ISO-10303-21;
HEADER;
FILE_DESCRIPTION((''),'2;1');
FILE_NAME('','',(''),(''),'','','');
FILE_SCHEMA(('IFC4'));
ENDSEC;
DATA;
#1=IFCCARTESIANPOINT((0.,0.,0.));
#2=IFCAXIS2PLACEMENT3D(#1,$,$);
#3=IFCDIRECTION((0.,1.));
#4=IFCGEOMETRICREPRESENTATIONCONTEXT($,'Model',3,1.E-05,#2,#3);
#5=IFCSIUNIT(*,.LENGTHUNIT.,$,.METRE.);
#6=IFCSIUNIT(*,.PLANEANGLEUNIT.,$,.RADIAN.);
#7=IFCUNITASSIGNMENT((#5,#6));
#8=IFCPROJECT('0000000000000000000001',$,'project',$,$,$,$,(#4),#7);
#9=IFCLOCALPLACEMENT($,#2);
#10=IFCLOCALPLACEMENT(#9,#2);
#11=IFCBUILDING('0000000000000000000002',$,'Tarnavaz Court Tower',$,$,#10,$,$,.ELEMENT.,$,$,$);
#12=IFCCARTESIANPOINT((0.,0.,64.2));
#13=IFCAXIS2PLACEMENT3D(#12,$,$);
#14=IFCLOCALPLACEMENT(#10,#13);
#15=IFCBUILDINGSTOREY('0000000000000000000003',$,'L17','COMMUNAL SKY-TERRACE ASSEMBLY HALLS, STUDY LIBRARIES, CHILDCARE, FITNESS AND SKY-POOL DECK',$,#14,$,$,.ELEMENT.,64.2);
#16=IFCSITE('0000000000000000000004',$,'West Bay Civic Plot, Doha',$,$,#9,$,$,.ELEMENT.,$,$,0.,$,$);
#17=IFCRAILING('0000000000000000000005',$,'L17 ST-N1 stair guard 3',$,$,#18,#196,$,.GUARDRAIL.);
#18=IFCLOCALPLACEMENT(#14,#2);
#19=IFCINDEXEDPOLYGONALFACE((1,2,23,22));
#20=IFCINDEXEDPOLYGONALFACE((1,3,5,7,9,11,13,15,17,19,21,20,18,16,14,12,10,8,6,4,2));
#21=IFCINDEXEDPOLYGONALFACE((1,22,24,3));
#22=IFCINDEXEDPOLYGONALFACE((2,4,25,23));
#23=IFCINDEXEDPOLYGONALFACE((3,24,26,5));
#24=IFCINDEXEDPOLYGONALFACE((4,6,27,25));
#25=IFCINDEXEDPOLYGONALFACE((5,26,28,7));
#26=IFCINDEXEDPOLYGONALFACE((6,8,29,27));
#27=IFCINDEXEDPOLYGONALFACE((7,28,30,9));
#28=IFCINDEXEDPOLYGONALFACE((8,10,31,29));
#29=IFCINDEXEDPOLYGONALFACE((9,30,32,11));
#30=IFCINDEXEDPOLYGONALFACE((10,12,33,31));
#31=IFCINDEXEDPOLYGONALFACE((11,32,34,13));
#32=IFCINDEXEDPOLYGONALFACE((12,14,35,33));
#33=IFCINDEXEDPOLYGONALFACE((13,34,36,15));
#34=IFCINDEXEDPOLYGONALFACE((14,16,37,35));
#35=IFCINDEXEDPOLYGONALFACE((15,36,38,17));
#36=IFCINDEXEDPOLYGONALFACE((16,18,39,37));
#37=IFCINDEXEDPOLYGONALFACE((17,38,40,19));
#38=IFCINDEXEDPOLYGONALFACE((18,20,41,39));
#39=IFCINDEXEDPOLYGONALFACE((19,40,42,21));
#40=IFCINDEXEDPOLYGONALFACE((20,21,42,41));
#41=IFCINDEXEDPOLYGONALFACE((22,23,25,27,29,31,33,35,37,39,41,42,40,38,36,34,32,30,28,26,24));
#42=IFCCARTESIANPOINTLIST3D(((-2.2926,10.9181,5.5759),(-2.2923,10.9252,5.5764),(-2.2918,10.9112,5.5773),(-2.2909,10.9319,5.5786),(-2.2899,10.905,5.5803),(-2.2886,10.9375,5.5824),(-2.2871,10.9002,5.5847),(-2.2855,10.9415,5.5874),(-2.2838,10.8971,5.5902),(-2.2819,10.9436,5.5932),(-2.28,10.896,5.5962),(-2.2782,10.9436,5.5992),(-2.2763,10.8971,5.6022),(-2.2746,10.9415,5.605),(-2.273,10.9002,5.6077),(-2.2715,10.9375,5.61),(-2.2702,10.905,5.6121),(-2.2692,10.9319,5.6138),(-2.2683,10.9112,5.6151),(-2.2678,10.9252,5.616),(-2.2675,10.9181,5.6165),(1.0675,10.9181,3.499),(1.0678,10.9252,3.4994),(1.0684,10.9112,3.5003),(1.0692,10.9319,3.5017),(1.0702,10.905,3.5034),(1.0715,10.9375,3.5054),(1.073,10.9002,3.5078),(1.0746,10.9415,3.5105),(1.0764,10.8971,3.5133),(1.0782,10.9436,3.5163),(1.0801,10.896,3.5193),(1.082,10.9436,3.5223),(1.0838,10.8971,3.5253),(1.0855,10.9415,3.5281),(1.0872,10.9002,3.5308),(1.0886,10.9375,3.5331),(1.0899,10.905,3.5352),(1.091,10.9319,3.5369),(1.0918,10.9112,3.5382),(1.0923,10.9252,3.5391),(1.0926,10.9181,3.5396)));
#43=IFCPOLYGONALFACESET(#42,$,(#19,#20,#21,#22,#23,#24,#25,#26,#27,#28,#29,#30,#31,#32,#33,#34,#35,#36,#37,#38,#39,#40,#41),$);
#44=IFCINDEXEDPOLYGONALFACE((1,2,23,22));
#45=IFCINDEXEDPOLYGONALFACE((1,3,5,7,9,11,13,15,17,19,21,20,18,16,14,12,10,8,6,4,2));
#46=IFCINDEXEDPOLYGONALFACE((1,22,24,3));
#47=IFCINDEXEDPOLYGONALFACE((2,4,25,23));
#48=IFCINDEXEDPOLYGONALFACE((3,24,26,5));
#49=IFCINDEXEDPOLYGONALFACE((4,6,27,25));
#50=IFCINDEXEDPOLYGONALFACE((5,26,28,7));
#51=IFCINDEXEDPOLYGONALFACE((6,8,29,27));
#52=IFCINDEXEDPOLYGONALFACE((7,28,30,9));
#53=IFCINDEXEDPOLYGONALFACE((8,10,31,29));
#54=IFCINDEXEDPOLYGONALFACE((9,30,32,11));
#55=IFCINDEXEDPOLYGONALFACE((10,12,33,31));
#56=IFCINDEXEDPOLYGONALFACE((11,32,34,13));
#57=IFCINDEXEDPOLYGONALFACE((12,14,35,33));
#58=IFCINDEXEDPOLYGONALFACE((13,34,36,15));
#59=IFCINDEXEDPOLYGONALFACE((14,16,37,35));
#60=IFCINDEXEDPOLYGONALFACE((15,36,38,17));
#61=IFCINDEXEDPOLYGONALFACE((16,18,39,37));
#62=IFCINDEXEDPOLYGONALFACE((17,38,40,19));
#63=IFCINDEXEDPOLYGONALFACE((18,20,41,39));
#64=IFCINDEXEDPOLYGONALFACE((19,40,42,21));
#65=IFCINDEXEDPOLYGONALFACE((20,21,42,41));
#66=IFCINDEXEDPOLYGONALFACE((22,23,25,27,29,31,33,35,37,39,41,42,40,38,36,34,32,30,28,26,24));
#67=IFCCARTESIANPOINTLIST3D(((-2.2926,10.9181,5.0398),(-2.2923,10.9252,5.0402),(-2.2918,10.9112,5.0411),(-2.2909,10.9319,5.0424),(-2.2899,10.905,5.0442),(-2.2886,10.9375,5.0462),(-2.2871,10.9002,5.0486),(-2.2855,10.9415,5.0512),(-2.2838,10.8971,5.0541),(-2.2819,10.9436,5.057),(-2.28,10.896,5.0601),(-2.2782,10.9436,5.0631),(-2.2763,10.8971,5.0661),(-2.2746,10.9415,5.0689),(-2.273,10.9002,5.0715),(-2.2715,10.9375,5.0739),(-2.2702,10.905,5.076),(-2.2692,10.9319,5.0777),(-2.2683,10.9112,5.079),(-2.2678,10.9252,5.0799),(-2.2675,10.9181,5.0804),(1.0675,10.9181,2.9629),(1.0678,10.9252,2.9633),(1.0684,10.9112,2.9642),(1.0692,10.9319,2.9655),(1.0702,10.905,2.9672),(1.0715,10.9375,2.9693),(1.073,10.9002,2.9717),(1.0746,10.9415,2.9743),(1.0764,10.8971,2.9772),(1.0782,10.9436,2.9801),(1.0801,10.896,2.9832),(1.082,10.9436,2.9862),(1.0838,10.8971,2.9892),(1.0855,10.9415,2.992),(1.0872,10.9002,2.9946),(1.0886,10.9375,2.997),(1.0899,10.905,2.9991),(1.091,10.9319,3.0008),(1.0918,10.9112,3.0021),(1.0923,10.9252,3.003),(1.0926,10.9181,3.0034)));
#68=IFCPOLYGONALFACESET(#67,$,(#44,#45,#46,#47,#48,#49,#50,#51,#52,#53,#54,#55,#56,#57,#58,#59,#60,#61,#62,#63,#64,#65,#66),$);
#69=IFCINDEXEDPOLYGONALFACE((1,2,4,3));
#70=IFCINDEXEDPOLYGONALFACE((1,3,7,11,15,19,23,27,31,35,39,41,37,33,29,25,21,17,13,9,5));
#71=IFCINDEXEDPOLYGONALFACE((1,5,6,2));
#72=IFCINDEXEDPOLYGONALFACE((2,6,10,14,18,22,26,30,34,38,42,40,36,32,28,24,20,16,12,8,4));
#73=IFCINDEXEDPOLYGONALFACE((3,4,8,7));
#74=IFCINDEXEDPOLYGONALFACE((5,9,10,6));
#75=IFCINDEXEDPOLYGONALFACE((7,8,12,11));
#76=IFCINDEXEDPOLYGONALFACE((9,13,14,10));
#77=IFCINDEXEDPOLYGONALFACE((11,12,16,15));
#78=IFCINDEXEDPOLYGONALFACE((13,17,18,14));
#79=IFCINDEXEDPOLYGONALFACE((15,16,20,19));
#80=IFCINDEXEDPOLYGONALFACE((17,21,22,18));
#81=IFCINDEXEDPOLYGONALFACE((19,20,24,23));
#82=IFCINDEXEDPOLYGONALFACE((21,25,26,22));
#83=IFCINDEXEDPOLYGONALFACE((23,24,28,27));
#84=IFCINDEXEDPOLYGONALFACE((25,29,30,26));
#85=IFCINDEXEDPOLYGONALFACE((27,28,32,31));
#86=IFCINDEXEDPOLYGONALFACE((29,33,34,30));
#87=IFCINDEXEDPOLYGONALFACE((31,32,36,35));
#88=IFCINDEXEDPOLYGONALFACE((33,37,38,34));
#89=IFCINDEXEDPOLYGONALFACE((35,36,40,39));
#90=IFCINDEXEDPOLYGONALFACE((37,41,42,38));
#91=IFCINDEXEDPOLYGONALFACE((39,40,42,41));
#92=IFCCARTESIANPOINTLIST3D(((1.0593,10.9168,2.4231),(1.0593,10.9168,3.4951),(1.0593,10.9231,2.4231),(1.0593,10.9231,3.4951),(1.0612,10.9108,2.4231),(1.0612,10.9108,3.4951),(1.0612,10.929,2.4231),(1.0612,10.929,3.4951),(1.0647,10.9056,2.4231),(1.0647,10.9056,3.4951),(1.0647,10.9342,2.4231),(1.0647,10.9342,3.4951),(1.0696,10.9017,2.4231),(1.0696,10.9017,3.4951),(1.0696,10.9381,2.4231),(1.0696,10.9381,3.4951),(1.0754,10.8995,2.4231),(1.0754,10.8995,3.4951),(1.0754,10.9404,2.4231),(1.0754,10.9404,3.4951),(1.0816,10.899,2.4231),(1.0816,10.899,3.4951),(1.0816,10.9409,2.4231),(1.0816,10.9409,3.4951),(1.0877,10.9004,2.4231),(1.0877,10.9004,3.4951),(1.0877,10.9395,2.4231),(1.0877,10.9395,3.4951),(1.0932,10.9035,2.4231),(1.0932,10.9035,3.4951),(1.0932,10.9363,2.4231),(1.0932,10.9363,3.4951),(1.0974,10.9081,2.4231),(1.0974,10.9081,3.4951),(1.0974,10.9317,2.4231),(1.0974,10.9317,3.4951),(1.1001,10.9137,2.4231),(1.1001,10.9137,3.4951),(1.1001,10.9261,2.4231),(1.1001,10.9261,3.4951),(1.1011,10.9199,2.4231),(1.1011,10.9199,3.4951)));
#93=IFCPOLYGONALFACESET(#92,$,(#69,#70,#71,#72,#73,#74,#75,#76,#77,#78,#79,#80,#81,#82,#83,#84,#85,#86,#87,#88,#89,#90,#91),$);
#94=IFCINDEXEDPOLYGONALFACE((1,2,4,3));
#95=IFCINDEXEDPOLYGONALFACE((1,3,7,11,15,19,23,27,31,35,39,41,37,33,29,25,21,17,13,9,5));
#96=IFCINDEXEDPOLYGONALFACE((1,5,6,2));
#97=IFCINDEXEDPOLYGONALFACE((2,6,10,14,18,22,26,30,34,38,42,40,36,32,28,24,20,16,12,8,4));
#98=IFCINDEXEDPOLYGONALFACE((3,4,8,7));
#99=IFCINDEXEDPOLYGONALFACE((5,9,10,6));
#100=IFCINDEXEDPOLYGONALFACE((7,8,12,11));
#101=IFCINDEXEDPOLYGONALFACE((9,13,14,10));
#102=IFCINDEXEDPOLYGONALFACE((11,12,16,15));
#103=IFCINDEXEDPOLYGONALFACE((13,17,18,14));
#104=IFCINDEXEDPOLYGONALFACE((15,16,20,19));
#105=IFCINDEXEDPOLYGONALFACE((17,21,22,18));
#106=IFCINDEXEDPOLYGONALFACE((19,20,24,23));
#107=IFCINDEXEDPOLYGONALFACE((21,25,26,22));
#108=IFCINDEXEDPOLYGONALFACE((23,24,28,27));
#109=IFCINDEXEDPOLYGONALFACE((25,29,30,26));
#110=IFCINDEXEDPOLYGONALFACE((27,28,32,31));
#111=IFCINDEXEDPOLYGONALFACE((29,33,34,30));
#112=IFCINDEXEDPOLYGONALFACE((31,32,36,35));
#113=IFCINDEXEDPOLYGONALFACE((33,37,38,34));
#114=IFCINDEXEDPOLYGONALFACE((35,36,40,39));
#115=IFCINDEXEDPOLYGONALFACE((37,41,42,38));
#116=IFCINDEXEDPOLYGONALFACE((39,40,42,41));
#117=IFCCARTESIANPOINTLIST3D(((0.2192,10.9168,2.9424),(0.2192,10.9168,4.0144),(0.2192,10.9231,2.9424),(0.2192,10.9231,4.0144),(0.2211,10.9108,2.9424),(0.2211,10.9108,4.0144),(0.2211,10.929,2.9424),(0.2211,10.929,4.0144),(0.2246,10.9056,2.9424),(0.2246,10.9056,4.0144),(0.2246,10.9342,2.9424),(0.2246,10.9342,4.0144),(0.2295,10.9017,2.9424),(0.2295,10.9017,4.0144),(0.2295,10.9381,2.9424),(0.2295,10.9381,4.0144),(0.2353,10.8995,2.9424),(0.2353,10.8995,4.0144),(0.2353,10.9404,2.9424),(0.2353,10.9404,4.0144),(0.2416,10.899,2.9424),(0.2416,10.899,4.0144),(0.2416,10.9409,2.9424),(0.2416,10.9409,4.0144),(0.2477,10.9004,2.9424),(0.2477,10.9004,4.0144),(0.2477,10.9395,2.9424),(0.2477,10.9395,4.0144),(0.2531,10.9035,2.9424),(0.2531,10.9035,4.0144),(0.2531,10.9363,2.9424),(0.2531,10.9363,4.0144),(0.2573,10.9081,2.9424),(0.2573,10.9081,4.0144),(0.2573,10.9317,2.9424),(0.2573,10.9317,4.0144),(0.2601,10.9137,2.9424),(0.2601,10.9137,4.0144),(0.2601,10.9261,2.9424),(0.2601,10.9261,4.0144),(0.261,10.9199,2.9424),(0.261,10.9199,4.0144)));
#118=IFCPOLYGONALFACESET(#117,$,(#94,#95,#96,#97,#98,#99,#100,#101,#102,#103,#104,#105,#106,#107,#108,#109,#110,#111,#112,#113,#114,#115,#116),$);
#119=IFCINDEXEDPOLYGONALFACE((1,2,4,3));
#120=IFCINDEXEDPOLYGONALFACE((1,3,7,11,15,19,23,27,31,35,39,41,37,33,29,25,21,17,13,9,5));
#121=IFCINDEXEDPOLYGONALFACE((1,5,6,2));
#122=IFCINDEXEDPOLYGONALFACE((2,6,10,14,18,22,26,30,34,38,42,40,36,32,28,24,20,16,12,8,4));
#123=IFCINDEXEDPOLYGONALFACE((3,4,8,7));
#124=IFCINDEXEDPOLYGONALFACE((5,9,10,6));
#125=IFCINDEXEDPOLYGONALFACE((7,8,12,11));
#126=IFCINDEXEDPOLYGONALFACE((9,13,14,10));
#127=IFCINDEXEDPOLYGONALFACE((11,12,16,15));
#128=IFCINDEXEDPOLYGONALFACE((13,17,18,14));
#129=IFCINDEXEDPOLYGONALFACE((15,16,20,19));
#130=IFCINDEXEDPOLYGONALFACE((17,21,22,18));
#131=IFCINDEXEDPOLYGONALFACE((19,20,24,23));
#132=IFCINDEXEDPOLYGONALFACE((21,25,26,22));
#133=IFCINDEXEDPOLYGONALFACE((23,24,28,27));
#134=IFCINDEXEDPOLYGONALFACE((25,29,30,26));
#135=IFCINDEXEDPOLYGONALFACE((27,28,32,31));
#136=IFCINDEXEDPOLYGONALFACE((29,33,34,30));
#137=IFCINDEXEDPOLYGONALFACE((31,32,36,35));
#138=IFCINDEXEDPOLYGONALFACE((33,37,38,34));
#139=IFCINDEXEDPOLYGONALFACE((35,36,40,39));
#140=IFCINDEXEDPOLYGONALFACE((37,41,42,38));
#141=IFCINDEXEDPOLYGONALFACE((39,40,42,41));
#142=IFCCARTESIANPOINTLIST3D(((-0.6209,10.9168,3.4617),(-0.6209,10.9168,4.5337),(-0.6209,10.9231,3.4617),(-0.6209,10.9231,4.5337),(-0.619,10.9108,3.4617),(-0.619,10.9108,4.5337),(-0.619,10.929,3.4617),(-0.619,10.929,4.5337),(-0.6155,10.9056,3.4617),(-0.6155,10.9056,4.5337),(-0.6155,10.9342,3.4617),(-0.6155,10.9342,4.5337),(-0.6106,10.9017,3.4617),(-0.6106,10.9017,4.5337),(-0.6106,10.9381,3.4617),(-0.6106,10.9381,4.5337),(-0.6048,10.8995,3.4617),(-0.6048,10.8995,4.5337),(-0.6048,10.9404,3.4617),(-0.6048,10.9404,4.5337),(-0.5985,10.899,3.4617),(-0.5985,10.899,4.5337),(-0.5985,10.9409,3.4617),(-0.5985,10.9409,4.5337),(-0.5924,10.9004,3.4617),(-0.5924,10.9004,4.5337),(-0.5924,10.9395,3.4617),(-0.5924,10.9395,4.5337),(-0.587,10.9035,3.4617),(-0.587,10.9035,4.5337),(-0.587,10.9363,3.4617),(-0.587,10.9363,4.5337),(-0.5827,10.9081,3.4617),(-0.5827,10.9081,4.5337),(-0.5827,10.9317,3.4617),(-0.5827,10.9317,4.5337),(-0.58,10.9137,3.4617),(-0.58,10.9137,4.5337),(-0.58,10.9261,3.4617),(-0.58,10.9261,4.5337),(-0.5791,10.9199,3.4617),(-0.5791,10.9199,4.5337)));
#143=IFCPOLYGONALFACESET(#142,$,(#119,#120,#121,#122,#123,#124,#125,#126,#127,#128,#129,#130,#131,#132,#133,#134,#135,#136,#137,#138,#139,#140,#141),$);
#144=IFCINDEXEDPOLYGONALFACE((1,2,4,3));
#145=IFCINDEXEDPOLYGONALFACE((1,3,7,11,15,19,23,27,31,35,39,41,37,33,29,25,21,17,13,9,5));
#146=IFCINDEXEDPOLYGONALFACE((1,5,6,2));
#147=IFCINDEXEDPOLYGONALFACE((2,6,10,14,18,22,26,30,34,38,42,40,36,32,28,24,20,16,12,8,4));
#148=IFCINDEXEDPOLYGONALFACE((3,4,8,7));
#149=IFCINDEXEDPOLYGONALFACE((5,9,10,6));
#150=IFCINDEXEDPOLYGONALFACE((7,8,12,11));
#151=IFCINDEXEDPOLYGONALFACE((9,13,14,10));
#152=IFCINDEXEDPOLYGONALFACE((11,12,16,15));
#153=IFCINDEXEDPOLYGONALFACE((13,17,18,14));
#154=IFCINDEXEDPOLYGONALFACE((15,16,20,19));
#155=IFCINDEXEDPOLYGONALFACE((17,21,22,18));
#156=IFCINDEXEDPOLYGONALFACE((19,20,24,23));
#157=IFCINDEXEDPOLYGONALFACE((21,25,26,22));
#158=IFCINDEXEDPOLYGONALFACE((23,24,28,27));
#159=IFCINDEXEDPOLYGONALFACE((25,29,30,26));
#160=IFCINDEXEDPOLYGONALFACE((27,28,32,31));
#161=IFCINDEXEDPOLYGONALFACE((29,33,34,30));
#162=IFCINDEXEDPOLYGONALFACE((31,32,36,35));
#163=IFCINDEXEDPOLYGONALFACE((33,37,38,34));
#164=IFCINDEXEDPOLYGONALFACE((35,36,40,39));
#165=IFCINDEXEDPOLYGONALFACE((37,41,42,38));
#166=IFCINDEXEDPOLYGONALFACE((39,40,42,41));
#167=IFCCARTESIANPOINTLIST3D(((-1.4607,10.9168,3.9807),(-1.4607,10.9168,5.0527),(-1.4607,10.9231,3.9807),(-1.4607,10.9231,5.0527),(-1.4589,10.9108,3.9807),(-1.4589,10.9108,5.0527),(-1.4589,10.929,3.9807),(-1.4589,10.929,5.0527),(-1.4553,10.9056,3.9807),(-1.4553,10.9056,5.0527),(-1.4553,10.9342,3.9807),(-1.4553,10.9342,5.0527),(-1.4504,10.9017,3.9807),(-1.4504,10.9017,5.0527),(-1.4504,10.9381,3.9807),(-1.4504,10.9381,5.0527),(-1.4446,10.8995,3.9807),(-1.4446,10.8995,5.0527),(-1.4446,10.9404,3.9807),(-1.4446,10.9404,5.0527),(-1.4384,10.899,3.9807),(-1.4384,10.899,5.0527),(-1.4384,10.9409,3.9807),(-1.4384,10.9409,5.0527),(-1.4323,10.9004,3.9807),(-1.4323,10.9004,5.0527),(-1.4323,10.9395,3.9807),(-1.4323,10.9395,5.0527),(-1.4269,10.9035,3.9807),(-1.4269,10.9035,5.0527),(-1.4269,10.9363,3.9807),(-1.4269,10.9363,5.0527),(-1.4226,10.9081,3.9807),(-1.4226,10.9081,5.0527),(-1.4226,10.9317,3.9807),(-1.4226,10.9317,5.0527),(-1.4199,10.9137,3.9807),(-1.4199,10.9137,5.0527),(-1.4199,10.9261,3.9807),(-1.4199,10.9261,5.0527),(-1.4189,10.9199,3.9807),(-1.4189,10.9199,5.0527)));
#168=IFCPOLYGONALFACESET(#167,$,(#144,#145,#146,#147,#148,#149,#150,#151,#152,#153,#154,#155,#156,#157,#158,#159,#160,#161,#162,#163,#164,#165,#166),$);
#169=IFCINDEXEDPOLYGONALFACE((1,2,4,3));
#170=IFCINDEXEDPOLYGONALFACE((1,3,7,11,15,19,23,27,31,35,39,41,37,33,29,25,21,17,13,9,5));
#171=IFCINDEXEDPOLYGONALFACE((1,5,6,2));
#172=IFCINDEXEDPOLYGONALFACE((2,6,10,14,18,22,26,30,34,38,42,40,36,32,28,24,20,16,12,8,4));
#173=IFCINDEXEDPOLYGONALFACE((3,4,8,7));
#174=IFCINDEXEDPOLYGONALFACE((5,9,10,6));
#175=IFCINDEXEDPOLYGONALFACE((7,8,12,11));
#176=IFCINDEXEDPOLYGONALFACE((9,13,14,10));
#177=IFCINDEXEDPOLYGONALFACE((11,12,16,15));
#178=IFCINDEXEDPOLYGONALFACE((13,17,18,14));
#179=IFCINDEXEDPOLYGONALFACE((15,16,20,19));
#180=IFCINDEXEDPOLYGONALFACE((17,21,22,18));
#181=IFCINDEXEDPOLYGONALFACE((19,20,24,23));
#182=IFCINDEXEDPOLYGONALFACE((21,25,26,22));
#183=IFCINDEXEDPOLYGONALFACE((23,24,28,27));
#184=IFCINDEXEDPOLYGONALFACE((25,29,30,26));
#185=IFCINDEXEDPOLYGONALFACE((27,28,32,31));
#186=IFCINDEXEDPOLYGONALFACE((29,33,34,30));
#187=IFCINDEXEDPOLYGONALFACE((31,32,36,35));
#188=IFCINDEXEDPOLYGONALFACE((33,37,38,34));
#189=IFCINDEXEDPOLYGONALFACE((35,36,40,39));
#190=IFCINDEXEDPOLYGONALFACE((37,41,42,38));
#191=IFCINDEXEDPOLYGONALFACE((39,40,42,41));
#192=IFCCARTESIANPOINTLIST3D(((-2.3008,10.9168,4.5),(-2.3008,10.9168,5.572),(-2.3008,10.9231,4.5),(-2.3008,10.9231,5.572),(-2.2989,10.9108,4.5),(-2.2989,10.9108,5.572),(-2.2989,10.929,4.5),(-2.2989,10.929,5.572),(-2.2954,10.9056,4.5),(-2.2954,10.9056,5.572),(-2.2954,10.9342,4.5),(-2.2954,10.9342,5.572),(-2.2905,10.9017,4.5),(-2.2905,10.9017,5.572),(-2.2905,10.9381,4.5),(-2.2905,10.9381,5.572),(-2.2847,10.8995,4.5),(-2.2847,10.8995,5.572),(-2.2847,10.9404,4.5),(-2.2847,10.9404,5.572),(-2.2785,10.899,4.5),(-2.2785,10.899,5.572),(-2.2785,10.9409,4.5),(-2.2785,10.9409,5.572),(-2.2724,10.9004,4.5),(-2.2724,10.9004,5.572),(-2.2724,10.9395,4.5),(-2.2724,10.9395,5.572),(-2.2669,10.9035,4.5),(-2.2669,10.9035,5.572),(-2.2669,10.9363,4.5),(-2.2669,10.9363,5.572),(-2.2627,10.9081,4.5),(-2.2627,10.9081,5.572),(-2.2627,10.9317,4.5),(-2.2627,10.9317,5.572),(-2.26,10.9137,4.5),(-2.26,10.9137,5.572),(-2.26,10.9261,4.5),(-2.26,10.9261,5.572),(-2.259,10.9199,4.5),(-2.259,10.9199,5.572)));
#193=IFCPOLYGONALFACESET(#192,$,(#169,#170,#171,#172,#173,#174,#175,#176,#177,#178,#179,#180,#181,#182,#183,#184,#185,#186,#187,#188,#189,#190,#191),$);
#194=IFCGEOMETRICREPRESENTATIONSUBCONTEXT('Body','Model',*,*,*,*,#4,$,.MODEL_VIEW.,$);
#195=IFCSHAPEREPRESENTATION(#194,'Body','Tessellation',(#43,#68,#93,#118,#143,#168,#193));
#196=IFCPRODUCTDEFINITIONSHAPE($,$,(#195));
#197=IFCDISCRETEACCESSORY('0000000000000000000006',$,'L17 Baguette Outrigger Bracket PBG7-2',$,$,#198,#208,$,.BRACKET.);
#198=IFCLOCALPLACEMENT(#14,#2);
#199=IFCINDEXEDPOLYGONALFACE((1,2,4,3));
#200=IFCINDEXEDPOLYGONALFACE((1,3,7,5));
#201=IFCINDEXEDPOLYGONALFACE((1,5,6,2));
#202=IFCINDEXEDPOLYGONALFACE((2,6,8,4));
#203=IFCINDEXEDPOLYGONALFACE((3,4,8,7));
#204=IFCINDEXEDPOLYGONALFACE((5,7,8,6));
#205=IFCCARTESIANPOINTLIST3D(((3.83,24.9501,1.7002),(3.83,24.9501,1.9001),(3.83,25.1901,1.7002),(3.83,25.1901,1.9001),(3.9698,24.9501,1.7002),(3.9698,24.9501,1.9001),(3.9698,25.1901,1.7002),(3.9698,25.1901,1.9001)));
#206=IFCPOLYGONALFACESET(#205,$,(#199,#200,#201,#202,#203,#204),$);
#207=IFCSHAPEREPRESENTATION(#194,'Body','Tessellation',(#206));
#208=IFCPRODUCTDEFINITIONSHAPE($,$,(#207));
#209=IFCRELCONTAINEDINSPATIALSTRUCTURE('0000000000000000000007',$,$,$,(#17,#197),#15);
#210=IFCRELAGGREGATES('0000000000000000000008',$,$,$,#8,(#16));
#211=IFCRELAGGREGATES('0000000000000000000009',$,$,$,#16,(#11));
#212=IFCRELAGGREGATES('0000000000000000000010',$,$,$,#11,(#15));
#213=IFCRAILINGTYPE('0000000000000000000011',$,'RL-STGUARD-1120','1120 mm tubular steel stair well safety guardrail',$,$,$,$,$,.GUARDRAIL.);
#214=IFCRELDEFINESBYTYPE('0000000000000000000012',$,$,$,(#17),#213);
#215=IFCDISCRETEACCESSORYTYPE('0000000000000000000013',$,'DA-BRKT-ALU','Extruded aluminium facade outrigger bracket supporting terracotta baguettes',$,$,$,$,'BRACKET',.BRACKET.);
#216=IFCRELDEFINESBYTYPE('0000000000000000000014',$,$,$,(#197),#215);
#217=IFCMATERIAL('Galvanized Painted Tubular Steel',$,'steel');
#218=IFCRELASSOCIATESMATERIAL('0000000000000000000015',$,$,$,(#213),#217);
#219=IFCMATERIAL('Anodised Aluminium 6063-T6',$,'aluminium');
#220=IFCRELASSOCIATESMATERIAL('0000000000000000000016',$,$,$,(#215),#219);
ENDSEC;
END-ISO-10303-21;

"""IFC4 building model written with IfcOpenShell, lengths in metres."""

from ifc_helpers import new_model, si_unit, direction, frame, origin, origin_2d, place, context, subcontext, project, spatial, rectangle, circle, extrude, material, type_object, element, save


model = new_model("IFC4")

# Units and contexts
model_context = context("Model", 3, precision=1e-05, world=origin(), true_north=direction((0.0, 1.0)))
body_context = subcontext(model_context, "Body", "Model", "MODEL_VIEW")
ifc_project = project(units=[si_unit("LENGTHUNIT", "METRE"), si_unit("PLANEANGLEUNIT", "RADIAN")], contexts=[model_context])

# Site, building, storey
site_placement = place(None, origin())
site = spatial("IfcSite", under=ifc_project, at=site_placement, Name="West Bay Civic Plot, Doha", CompositionType="ELEMENT", RefElevation=0.0)
building_placement = place(site_placement, origin())
building = spatial("IfcBuilding", under=site, at=building_placement, Name="Tarnavaz Court Tower", CompositionType="ELEMENT")
storey_placement = place(building_placement, frame((0.0, 0.0, 64.2)))
storey = spatial("IfcBuildingStorey", under=building, at=storey_placement, Name="L17", Description="COMMUNAL SKY-TERRACE ASSEMBLY HALLS, STUDY LIBRARIES, CHILDCARE, FITNESS AND SKY-POOL DECK", CompositionType="ELEMENT", Elevation=64.2)

# Shared definitions
ifc_material_1 = material(Name="Anodised Aluminium 6063-T6", Category="aluminium")

# Railing
ifc_material_2 = material(Name="Galvanized Painted Tubular Steel", Category="steel")
railing_type_1 = type_object("IfcRailingType", Name="RL-STGUARD-1120", Description="1120 mm tubular steel stair well safety guardrail", PredefinedType="GUARDRAIL", material=ifc_material_2)
railing_1_placement = place(storey_placement, frame((1.0801, 10.9199, 2.4231)))
element("IfcRailing", 1, at=railing_1_placement, inside=storey, type_object=railing_type_1, Name="L17 ST-N1 stair guard 3", PredefinedType="GUARDRAIL", context=body_context, shape_type="SweptSolid", body=[
    extrude(circle(Radius=0.0239, at=origin_2d()), frame((0.0, 0.0, 1.0962), z_axis=(-0.850623, 0.0, 0.525776), x_axis=(0.0, -1.0, 0.0)), (0.0, 0.0, 1.0), 3.9502),
    extrude(circle(Radius=0.0239, at=origin_2d()), frame((0.0, 0.0, 0.5601), z_axis=(-0.850623, 0.0, 0.525776), x_axis=(0.0, -1.0, 0.0)), (0.0, 0.0, 1.0), 3.9502),
    extrude(circle(Radius=0.021, at=origin_2d()), origin(), (0.0, 0.0, 1.0), 1.072),
    extrude(circle(Radius=0.021, at=origin_2d()), frame((-0.8401, 0.0, 0.5193)), (0.0, 0.0, 1.0), 1.072),
    extrude(circle(Radius=0.021, at=origin_2d()), frame((-1.6802, 0.0, 1.0386)), (0.0, 0.0, 1.0), 1.072),
    extrude(circle(Radius=0.021, at=origin_2d()), frame((-2.52, 0.0, 1.5576)), (0.0, 0.0, 1.0), 1.072),
    extrude(circle(Radius=0.021, at=origin_2d()), frame((-3.3601, 0.0, 2.0769)), (0.0, 0.0, 1.0), 1.072),
])

# Discrete accessory
discrete_accessory_type = type_object("IfcDiscreteAccessoryType", Name="DA-BRKT-ALU", Description="Extruded aluminium facade outrigger bracket supporting terracotta baguettes", ElementType="BRACKET", PredefinedType="BRACKET", material=ifc_material_1)
discrete_accessory_placement = place(storey_placement, frame((3.8999, 25.0701, 1.7002), z_axis=(0.0, 0.0, 1.0), x_axis=(1.0, 0.0, 0.0)))
element("IfcDiscreteAccessory", 2, at=discrete_accessory_placement, inside=storey, type_object=discrete_accessory_type, Name="L17 Baguette Outrigger Bracket PBG7-2", PredefinedType="BRACKET", context=body_context, shape_type="SweptSolid", body=[
    extrude(rectangle(XDim=0.1399, YDim=0.24, at=origin_2d()), origin(), (0.0, 0.0, 1.0), 0.2),
])

save(model, "model.ifc")
